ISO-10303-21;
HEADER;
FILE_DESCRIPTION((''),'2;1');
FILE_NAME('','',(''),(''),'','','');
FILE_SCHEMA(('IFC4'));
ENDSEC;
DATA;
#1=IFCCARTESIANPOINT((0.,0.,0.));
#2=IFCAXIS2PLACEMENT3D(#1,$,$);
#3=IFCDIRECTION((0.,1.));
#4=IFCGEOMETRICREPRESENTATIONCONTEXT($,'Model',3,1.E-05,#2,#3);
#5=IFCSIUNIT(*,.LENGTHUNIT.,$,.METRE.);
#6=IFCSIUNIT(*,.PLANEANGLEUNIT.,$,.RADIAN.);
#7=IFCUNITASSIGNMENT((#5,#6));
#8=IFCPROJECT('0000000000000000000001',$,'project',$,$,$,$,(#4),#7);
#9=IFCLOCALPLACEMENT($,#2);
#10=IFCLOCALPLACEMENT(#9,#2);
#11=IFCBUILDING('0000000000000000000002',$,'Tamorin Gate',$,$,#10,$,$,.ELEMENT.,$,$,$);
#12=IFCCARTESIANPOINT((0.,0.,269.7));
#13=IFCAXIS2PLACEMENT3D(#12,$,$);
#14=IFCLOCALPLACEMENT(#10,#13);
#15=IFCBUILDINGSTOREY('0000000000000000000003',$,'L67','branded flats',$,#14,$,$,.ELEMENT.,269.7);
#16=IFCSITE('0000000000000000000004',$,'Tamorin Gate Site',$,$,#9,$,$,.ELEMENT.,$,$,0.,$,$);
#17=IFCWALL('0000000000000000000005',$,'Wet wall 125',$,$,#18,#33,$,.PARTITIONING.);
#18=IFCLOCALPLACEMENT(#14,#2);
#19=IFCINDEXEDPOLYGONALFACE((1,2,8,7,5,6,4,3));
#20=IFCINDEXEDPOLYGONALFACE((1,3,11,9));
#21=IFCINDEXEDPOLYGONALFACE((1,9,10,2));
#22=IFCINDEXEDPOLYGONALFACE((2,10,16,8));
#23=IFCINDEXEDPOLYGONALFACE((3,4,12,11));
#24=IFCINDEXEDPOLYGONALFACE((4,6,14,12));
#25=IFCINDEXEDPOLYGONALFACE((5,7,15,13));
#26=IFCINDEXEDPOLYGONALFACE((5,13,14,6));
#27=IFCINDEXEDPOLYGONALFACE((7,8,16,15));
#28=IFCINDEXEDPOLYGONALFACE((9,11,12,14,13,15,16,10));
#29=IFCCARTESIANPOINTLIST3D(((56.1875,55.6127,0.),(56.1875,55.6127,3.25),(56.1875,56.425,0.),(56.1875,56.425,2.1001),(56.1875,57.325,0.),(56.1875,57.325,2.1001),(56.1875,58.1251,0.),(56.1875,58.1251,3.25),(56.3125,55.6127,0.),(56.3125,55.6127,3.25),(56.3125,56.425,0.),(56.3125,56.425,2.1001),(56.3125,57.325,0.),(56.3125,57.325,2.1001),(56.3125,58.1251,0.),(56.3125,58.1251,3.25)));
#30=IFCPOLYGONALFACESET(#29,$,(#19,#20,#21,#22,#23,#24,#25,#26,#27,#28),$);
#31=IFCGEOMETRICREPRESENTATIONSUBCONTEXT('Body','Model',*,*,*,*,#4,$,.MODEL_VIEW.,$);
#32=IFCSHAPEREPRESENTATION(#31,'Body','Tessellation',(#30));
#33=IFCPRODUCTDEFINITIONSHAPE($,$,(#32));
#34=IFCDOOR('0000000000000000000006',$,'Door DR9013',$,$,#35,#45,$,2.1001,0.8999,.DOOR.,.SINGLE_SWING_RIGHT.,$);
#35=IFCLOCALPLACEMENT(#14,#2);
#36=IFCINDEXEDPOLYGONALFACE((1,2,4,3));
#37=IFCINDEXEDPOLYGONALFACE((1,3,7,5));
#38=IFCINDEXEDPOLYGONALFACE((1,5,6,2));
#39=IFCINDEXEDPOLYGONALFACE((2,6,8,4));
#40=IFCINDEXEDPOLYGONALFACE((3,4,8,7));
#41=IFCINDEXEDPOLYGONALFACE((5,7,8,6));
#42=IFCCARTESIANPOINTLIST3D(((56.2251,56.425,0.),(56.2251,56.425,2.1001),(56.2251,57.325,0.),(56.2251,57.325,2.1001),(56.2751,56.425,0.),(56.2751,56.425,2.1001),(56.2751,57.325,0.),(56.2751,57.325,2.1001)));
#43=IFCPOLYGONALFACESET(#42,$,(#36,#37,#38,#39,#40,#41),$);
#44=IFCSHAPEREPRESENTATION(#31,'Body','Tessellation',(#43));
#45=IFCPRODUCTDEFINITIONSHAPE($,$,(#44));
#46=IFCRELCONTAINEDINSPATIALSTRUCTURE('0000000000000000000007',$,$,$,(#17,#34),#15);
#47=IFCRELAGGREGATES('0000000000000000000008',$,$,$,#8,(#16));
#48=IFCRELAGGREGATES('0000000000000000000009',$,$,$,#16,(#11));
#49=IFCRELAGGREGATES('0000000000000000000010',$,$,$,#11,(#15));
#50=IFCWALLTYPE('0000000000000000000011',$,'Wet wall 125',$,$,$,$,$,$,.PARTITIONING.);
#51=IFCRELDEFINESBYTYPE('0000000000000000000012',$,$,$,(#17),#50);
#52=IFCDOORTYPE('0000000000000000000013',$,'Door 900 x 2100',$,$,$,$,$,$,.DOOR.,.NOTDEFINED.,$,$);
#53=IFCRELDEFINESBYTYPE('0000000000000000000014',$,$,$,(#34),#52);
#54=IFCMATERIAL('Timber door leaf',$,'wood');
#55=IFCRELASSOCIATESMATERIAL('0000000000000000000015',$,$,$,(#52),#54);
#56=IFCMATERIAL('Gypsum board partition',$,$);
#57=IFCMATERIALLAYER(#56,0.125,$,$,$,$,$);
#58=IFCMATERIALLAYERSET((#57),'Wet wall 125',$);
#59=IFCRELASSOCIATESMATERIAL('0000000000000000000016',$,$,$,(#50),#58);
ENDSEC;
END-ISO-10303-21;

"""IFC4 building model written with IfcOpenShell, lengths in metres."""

from ifc_helpers import new_model, si_unit, direction, frame, frame_2d, origin, place, context, subcontext, project, spatial, rectangle, extrude, material, layer, layer_set, type_object, element, fill, save


model = new_model("IFC4")

# Units and contexts
model_context = context("Model", 3, precision=1e-05, world=origin(), true_north=direction((0.0, 1.0)))
body_context = subcontext(model_context, "Body", "Model", "MODEL_VIEW")
ifc_project = project(units=[si_unit("LENGTHUNIT", "METRE"), si_unit("PLANEANGLEUNIT", "RADIAN")], contexts=[model_context])

# Site, building, storey
site_placement = place(None, origin())
site = spatial("IfcSite", under=ifc_project, at=site_placement, Name="Tamorin Gate Site", CompositionType="ELEMENT", RefElevation=0.0)
building_placement = place(site_placement, origin())
building = spatial("IfcBuilding", under=site, at=building_placement, Name="Tamorin Gate", CompositionType="ELEMENT")
storey_placement = place(building_placement, frame((0.0, 0.0, 269.7)))
storey = spatial("IfcBuildingStorey", under=building, at=storey_placement, Name="L67", Description="branded flats", CompositionType="ELEMENT", Elevation=269.7)

# Shared definitions
ifc_material_1 = material(Name="Gypsum board partition")
ifc_material_2 = material(Name="Timber door leaf", Category="wood")

# Shared definitions
door_type_1 = type_object("IfcDoorType", Name="Door 900 x 2100", OperationType="NOTDEFINED", PredefinedType="DOOR", material=ifc_material_2)

# Wall, opening, door
ifc_layer_1 = layer(ifc_material_1, 0.125)
ifc_layer_set_1 = layer_set([ifc_layer_1], Name="Wet wall 125")
wall_type_1 = type_object("IfcWallType", Name="Wet wall 125", PredefinedType="PARTITIONING", material=ifc_layer_set_1)
wall_1_placement = place(storey_placement, frame((56.25, 55.6125, 0.0), z_axis=(0.0, 0.0, 1.0), x_axis=(0.0, 1.0, 0.0)))
wall_1 = element("IfcWall", 1, at=wall_1_placement, inside=storey, type_object=wall_type_1, Name="Wet wall 125", PredefinedType="PARTITIONING", context=body_context, shape_type="SweptSolid", body=[
    extrude(rectangle(XDim=2.5125, YDim=0.125, at=frame_2d((1.2563, 0.0))), origin(), (0.0, 0.0, 1.0), 3.25),
])
opening_1_placement = place(wall_1_placement, frame((0.8125, 0.0, 0.0)))
opening_1 = element("IfcOpeningElement", 2, at=opening_1_placement, cuts=wall_1, PredefinedType="OPENING", context=body_context, shape_type="SweptSolid", body=[
    extrude(rectangle(XDim=0.8999, YDim=2.1001, at=frame_2d((0.45, 1.05))), frame((0.0, 0.0725, 0.0), z_axis=(0.0, -1.0, 0.0), x_axis=(1.0, 0.0, 0.0)), (0.0, 0.0, 1.0), 0.145),
])
door_1_placement = place(opening_1_placement, origin())
door_1 = element("IfcDoor", 3, at=door_1_placement, inside=storey, type_object=door_type_1, Name="Door DR9013", OperationType="SINGLE_SWING_RIGHT", OverallHeight=2.1001, OverallWidth=0.8999, PredefinedType="DOOR", context=body_context, shape_type="SweptSolid", body=[
    extrude(rectangle(XDim=0.8999, YDim=2.1001, at=frame_2d((0.45, 1.05))), frame((0.0, 0.0249, 0.0), z_axis=(0.0, -1.0, 0.0), x_axis=(1.0, 0.0, 0.0)), (0.0, 0.0, 1.0), 0.05),
])
fill(opening_1, door_1)

save(model, "model.ifc")
